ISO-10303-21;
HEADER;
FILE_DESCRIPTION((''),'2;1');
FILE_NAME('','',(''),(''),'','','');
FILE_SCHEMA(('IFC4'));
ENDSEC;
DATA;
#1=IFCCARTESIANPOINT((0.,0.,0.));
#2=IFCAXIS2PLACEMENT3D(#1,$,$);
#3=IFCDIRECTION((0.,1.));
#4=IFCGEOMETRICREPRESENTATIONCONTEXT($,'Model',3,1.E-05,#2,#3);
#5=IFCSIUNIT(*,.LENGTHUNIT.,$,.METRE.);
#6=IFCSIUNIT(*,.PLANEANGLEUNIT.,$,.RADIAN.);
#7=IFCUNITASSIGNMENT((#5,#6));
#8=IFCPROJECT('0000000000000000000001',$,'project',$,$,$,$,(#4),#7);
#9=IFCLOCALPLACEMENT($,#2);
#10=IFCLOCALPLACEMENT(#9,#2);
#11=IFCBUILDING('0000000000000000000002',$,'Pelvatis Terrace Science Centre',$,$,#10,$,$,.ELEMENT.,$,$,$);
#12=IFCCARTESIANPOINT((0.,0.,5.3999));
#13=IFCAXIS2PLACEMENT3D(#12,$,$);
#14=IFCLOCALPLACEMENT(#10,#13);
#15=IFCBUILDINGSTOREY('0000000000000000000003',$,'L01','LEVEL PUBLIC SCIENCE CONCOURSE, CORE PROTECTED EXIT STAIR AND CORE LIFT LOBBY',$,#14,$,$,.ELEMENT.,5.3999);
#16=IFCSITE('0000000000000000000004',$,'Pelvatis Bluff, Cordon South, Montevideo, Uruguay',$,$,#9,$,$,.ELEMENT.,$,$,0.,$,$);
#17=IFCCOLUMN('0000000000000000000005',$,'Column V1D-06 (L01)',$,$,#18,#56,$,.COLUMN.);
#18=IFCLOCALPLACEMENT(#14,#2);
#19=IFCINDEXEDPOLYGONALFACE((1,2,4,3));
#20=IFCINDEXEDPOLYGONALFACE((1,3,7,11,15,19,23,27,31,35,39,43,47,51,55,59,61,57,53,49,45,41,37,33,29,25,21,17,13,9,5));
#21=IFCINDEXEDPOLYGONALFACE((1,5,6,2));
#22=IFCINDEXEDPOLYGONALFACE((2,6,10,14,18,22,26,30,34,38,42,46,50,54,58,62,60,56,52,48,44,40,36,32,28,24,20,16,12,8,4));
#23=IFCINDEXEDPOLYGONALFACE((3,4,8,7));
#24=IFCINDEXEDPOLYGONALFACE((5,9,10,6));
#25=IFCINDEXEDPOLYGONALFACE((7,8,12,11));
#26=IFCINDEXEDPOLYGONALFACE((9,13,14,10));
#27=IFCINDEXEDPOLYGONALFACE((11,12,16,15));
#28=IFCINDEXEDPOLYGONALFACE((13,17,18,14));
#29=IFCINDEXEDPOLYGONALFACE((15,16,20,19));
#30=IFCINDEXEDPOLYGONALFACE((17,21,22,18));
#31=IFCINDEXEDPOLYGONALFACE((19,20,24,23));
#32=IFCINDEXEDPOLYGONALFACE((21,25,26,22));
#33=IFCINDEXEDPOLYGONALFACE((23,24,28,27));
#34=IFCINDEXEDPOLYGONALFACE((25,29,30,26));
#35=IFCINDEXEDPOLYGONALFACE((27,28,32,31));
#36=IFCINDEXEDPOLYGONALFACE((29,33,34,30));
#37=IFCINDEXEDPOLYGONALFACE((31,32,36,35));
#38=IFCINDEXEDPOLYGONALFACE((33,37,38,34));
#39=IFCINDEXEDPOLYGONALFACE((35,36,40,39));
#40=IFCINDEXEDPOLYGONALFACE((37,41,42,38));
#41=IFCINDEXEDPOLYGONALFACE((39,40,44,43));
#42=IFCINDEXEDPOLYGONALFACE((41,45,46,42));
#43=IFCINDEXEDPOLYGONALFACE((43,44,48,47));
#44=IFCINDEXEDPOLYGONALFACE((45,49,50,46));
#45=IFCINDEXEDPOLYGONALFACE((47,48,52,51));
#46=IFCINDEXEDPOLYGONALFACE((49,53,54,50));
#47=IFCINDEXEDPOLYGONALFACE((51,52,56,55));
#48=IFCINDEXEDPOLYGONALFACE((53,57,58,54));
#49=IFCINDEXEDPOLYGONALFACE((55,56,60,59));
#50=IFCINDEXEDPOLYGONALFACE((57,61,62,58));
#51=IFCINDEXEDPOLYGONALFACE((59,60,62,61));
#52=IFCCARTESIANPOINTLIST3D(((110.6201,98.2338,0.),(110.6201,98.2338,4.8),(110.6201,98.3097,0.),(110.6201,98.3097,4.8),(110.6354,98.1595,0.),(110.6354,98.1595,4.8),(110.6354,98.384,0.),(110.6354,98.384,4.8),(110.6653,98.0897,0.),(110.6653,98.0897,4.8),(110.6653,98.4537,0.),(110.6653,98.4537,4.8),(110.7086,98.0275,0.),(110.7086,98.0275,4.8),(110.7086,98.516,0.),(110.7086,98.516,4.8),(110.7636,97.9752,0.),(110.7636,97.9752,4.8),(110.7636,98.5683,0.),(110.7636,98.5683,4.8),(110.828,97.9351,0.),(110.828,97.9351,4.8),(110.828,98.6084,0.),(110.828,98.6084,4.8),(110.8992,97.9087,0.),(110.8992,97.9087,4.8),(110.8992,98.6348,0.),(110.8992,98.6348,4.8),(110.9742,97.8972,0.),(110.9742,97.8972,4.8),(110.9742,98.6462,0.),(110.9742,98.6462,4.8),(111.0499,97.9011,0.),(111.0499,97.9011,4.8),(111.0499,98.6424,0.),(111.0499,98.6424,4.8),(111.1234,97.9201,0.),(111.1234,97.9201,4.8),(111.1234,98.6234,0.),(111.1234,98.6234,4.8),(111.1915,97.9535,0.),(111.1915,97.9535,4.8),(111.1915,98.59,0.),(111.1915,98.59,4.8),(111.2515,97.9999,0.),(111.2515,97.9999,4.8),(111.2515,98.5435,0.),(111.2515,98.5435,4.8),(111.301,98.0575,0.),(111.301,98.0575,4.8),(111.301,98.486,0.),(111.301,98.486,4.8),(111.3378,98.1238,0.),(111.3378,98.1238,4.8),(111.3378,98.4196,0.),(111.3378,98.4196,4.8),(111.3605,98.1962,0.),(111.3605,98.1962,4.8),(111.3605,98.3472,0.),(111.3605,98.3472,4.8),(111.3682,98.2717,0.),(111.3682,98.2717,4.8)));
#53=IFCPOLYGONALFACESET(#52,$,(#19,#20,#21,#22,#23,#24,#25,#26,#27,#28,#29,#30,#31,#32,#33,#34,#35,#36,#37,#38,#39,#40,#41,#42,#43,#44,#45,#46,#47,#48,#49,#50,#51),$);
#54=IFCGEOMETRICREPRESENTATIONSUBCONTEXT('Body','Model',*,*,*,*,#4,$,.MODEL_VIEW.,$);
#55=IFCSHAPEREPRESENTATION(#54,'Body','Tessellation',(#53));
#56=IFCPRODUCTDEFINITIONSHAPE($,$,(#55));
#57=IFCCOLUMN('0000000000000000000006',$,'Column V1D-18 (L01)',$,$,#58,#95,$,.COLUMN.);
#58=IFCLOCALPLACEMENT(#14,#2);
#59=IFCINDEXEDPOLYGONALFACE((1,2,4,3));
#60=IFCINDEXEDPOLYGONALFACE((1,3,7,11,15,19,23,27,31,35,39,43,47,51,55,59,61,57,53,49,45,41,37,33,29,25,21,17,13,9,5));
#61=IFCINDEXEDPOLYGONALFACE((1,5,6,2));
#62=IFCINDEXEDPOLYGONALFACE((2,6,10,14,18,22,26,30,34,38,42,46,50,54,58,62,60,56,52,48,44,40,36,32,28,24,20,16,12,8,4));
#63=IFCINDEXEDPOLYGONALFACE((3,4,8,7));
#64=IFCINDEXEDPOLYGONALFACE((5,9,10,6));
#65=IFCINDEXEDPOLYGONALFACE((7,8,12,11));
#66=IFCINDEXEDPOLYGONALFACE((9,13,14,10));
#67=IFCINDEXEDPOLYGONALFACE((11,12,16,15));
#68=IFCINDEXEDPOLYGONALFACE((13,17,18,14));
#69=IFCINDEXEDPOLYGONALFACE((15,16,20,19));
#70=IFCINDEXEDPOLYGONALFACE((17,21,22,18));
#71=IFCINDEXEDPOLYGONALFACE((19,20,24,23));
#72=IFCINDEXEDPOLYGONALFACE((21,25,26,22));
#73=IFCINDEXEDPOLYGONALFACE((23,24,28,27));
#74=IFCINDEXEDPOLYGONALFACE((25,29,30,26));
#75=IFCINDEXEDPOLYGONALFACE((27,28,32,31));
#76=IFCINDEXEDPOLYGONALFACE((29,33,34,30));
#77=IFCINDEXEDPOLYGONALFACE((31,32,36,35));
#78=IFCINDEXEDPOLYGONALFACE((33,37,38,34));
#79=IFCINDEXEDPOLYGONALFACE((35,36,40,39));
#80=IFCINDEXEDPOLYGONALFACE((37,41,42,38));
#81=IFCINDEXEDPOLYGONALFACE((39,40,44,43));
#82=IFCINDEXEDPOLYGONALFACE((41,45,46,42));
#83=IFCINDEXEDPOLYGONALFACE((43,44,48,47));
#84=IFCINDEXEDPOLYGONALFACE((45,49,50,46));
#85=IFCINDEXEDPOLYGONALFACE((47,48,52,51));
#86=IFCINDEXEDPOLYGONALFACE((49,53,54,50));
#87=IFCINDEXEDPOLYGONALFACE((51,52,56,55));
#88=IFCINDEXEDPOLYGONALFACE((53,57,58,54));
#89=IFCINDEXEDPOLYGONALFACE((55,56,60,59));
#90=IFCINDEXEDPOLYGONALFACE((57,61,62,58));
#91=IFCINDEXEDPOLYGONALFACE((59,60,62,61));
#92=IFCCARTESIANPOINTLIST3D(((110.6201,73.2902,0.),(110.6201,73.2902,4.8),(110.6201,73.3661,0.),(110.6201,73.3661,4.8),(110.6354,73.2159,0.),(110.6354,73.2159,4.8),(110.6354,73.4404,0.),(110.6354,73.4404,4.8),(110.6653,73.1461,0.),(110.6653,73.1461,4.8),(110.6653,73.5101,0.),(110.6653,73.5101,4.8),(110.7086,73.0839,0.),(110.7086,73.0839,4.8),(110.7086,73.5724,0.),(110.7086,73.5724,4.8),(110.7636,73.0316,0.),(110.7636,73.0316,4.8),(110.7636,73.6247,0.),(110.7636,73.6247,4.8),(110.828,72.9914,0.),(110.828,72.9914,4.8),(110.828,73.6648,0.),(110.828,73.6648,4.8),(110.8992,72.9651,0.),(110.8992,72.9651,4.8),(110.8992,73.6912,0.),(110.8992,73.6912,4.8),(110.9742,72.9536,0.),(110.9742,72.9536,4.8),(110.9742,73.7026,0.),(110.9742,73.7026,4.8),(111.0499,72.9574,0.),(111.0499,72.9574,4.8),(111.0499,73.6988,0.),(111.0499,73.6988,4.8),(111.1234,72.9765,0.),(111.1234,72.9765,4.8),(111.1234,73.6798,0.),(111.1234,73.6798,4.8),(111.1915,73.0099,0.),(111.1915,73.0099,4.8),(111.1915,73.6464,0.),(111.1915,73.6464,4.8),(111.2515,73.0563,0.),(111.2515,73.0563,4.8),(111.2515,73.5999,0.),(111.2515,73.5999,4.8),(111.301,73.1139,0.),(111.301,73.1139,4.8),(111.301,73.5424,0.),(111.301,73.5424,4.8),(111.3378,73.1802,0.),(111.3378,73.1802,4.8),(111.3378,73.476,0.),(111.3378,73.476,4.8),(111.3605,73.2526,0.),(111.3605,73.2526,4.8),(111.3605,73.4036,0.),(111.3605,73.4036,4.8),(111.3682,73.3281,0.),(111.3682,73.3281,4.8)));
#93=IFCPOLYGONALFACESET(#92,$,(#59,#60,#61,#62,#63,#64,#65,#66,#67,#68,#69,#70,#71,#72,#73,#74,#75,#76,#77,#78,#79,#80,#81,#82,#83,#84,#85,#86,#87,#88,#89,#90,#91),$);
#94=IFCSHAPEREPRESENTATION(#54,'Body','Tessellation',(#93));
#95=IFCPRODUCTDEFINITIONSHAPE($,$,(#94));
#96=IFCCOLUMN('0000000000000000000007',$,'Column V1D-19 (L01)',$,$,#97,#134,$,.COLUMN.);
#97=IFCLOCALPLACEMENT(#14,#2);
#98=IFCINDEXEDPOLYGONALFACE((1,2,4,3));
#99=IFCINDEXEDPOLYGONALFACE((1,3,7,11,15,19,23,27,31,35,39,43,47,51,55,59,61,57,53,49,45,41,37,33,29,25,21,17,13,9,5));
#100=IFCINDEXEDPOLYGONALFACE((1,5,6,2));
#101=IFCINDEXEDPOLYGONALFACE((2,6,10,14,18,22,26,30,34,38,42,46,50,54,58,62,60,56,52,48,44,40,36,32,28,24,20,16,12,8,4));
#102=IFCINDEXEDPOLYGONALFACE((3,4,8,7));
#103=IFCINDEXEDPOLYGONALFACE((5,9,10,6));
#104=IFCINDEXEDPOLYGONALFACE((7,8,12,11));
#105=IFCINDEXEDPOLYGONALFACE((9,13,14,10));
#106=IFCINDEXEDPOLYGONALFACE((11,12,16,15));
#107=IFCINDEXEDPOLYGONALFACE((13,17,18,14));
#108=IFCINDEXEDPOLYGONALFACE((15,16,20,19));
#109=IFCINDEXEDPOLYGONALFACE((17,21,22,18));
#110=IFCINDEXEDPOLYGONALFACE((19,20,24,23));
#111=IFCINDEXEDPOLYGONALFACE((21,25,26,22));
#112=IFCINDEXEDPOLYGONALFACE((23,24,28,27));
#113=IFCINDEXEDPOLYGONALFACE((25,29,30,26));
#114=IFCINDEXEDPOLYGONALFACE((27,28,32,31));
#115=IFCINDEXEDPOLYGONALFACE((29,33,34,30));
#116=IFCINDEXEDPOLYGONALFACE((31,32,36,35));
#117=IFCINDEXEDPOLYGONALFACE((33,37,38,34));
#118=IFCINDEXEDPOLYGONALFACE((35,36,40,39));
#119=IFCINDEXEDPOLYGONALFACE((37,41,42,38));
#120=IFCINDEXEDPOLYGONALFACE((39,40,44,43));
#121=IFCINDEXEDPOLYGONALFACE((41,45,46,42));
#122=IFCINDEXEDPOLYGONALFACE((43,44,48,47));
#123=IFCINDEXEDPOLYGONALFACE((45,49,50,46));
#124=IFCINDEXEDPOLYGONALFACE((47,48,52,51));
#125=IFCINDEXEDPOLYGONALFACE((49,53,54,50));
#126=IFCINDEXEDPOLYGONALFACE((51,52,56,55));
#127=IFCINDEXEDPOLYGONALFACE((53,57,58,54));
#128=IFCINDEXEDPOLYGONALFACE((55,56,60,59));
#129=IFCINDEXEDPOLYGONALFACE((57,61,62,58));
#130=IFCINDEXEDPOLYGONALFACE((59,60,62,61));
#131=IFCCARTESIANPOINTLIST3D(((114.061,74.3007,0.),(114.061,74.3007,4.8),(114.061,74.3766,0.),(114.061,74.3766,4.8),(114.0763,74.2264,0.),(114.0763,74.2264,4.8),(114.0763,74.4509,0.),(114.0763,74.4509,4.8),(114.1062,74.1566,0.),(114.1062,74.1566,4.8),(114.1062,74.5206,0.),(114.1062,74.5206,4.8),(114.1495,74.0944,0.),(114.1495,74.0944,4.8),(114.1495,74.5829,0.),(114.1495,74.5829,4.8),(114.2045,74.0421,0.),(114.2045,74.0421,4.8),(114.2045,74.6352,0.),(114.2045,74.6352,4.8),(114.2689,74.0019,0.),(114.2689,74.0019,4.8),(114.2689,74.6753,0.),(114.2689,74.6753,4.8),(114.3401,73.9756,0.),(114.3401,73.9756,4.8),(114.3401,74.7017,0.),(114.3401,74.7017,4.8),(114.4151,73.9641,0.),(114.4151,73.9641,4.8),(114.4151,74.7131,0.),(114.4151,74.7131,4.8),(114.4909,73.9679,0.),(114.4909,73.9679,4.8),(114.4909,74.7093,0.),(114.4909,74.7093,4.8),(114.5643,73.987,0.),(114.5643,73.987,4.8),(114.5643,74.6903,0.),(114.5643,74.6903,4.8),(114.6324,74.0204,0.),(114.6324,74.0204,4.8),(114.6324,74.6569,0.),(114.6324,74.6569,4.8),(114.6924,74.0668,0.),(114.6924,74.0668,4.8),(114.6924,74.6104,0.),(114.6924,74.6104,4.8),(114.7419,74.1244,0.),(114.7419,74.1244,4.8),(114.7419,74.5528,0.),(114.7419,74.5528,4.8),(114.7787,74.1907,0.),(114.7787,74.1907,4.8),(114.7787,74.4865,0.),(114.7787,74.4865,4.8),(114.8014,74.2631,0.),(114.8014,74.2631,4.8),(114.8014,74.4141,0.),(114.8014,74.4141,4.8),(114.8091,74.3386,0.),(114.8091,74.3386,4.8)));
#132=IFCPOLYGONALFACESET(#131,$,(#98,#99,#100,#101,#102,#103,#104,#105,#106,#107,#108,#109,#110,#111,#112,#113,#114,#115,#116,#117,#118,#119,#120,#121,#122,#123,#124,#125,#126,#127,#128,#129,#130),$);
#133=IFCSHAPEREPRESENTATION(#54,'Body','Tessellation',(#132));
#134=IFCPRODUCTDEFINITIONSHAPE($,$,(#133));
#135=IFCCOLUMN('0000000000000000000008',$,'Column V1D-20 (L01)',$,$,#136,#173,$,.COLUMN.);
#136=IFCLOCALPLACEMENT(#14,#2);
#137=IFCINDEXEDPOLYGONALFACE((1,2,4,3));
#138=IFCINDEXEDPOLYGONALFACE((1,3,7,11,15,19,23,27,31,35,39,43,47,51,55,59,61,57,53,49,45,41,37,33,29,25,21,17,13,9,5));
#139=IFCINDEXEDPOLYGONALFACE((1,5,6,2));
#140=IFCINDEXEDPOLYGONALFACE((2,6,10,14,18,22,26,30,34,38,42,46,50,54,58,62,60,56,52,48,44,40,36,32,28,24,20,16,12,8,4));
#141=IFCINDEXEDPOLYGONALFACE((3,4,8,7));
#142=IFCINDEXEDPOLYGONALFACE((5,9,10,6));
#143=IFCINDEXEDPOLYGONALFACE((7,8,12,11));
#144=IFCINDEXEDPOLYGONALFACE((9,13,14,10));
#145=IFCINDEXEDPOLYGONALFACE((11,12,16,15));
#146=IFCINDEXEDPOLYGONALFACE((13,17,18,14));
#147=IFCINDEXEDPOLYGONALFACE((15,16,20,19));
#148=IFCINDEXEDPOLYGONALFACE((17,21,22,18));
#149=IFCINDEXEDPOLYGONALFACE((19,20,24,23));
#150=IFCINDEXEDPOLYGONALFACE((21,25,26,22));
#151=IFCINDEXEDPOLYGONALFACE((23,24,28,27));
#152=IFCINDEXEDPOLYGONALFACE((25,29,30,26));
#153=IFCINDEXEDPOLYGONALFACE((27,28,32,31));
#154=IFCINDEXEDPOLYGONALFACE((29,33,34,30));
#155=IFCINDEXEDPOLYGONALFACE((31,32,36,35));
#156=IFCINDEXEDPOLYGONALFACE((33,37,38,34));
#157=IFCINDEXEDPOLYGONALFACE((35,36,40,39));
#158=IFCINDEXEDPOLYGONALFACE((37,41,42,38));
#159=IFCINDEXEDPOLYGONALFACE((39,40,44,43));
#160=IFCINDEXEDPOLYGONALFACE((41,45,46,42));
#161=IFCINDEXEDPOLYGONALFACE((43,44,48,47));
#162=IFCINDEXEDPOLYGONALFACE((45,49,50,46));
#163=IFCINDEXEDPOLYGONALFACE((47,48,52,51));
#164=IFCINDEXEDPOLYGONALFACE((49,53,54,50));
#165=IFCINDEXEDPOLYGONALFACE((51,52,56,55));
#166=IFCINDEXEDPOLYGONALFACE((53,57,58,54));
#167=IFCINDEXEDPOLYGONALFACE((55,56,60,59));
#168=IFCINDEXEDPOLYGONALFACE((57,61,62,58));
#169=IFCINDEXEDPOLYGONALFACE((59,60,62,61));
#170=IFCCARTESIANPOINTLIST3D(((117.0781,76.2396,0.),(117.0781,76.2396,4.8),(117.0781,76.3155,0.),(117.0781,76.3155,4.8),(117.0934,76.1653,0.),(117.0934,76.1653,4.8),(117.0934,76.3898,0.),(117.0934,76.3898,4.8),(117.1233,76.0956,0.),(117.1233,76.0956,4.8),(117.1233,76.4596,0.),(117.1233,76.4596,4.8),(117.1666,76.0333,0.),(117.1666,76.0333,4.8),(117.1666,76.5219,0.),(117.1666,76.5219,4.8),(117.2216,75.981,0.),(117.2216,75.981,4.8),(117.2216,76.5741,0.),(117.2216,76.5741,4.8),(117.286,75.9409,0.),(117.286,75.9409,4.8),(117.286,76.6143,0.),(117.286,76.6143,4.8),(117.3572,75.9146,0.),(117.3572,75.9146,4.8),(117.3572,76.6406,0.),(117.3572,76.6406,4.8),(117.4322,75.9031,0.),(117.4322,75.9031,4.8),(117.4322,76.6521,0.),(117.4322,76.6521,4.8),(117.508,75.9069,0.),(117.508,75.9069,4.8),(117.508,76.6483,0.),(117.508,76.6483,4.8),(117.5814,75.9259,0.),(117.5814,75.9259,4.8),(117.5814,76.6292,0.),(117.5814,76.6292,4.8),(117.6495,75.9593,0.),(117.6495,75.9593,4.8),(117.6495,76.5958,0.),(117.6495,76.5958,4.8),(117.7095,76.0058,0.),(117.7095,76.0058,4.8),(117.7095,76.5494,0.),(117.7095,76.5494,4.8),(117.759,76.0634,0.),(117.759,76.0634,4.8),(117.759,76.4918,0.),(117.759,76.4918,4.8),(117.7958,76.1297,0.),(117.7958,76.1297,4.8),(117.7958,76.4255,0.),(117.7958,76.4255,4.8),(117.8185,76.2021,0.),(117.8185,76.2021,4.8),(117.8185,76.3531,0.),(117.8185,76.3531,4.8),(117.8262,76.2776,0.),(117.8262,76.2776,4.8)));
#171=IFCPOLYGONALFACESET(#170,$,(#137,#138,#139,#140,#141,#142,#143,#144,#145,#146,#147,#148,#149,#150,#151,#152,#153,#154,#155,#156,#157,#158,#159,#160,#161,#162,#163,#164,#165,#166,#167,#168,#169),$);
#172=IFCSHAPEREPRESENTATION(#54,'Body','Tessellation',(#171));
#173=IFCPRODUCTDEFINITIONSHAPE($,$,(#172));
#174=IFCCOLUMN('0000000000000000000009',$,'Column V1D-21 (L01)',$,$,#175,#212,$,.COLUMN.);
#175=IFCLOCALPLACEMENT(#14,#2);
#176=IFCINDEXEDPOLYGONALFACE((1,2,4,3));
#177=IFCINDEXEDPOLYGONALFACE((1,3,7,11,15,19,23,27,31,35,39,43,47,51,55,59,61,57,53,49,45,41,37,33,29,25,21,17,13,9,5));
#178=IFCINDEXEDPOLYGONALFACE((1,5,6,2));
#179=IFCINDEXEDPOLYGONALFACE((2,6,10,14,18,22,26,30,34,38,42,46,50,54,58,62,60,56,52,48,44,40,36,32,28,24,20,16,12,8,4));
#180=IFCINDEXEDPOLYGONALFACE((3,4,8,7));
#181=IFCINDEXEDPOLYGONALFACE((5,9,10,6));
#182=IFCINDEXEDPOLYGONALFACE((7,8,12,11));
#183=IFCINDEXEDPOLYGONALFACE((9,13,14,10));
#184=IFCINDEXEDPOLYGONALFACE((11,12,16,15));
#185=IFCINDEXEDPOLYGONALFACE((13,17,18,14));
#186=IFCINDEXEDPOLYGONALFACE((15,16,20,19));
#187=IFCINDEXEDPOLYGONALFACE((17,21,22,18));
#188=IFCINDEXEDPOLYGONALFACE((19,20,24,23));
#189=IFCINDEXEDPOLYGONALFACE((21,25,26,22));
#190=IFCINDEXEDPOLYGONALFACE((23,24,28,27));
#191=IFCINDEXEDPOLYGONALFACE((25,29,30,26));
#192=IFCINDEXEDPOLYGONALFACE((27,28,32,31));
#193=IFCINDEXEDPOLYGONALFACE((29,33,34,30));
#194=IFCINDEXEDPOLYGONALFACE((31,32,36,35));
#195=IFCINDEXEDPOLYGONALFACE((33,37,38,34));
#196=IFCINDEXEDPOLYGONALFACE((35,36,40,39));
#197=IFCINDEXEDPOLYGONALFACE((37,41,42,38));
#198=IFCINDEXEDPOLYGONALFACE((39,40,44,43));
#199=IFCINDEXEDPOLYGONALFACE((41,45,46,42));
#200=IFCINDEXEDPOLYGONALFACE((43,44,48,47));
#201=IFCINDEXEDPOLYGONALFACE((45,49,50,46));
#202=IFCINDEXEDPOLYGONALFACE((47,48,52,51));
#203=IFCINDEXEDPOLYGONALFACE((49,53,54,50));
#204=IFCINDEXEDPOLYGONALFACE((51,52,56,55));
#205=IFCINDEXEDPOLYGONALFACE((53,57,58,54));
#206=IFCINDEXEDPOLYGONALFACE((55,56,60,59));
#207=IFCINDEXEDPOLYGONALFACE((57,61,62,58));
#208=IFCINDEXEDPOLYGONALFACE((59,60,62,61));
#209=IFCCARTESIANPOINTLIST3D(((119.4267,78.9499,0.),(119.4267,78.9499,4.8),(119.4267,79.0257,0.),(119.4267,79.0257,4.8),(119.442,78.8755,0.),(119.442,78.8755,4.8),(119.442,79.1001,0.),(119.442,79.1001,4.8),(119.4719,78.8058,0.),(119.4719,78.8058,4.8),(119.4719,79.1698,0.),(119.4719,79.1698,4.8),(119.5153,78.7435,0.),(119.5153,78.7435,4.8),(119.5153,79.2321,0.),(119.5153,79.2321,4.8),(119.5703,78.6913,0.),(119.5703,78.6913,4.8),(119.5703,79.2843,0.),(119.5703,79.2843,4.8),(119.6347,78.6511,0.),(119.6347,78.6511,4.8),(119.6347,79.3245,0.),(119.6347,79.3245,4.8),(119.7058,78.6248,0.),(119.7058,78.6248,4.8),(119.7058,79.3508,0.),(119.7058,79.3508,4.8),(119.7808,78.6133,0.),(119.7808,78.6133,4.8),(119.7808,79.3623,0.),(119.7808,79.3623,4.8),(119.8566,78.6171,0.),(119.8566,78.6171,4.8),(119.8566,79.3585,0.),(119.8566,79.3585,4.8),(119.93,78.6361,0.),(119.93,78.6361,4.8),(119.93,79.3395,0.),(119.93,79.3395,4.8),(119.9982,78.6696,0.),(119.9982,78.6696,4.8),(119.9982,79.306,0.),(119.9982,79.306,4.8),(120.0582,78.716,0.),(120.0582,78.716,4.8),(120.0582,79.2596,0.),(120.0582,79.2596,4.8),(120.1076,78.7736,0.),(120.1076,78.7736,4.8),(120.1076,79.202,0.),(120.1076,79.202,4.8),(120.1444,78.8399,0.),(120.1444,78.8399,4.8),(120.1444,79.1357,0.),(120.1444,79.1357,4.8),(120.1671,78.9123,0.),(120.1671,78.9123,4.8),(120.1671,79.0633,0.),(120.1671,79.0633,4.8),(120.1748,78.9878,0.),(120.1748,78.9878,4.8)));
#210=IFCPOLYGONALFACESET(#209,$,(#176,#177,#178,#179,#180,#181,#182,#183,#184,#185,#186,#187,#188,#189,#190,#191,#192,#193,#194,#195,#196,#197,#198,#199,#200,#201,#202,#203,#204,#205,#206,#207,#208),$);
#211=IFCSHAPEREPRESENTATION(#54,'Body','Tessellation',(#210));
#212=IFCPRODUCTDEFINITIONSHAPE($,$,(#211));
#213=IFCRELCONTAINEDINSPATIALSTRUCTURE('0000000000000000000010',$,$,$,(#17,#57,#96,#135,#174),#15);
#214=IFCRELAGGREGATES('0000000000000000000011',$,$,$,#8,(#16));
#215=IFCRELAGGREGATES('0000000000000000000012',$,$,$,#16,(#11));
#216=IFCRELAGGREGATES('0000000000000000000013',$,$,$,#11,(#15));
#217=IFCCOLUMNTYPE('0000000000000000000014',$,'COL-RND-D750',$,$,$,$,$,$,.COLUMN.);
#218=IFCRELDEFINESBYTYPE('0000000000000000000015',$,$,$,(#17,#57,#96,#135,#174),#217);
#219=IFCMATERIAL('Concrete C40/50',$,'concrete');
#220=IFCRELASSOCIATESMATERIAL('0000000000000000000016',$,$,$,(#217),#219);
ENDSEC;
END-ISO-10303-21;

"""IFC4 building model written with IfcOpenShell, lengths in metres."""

from ifc_helpers import new_model, si_unit, direction, frame, origin, origin_2d, place, context, subcontext, project, spatial, circle, extrude, material, material_profile, profile_set, type_object, element, save


model = new_model("IFC4")

# Units and contexts
model_context = context("Model", 3, precision=1e-05, world=origin(), true_north=direction((0.0, 1.0)))
body_context = subcontext(model_context, "Body", "Model", "MODEL_VIEW")
ifc_project = project(units=[si_unit("LENGTHUNIT", "METRE"), si_unit("PLANEANGLEUNIT", "RADIAN")], contexts=[model_context])

# Site, building, storey
site_placement = place(None, origin())
site = spatial("IfcSite", under=ifc_project, at=site_placement, Name="Pelvatis Bluff, Cordon South, Montevideo, Uruguay", CompositionType="ELEMENT", RefElevation=0.0)
building_placement = place(site_placement, origin())
building = spatial("IfcBuilding", under=site, at=building_placement, Name="Pelvatis Terrace Science Centre", CompositionType="ELEMENT")
storey_placement = place(building_placement, frame((0.0, 0.0, 5.3999)))
storey = spatial("IfcBuildingStorey", under=building, at=storey_placement, Name="L01", Description="LEVEL PUBLIC SCIENCE CONCOURSE, CORE PROTECTED EXIT STAIR AND CORE LIFT LOBBY", CompositionType="ELEMENT", Elevation=5.3999)

# Columns
ifc_material_1 = material(Name="Concrete C40/50", Category="concrete")
ifc_material_profile_1 = material_profile(ifc_material_1, circle(Radius=0.375, at=origin_2d()), Name="RC-RCOL D750")
ifc_profile_set_1 = profile_set([ifc_material_profile_1], Name="Concrete C40/50")
column_type_1 = type_object("IfcColumnType", Name="COL-RND-D750", PredefinedType="COLUMN", material=ifc_profile_set_1)
for number, where, z_axis, x_axis, name in (
    (1, (110.9932, 98.2717, 0.0), (0.0, 0.0, 1.0), (1.0, 0.0, 0.0), "Column V1D-06 (L01)"),
    (2, (110.9932, 73.3281, 0.0), (0.0, 0.0, 1.0), (1.0, 0.0, 0.0), "Column V1D-18 (L01)"),
    (3, (114.4341, 74.3386, 0.0), (0.0, 0.0, 1.0), (1.0, 0.0, 0.0), "Column V1D-19 (L01)"),
    (4, (117.4512, 76.2776, 0.0), (0.0, 0.0, 1.0), (1.0, 0.0, 0.0), "Column V1D-20 (L01)"),
    (5, (119.7998, 78.9878, 0.0), (0.0, 0.0, 1.0), (1.0, 0.0, 0.0), "Column V1D-21 (L01)"),
):
    element("IfcColumn", number, at=place(storey_placement, frame(where, z_axis=z_axis, x_axis=x_axis)), inside=storey, type_object=column_type_1, Name=name, PredefinedType="COLUMN", context=body_context, shape_type="SweptSolid", body=[
        extrude(circle(Radius=0.375, at=origin_2d()), origin(), (0.0, 0.0, 1.0), 4.8),
    ])

save(model, "model.ifc")
